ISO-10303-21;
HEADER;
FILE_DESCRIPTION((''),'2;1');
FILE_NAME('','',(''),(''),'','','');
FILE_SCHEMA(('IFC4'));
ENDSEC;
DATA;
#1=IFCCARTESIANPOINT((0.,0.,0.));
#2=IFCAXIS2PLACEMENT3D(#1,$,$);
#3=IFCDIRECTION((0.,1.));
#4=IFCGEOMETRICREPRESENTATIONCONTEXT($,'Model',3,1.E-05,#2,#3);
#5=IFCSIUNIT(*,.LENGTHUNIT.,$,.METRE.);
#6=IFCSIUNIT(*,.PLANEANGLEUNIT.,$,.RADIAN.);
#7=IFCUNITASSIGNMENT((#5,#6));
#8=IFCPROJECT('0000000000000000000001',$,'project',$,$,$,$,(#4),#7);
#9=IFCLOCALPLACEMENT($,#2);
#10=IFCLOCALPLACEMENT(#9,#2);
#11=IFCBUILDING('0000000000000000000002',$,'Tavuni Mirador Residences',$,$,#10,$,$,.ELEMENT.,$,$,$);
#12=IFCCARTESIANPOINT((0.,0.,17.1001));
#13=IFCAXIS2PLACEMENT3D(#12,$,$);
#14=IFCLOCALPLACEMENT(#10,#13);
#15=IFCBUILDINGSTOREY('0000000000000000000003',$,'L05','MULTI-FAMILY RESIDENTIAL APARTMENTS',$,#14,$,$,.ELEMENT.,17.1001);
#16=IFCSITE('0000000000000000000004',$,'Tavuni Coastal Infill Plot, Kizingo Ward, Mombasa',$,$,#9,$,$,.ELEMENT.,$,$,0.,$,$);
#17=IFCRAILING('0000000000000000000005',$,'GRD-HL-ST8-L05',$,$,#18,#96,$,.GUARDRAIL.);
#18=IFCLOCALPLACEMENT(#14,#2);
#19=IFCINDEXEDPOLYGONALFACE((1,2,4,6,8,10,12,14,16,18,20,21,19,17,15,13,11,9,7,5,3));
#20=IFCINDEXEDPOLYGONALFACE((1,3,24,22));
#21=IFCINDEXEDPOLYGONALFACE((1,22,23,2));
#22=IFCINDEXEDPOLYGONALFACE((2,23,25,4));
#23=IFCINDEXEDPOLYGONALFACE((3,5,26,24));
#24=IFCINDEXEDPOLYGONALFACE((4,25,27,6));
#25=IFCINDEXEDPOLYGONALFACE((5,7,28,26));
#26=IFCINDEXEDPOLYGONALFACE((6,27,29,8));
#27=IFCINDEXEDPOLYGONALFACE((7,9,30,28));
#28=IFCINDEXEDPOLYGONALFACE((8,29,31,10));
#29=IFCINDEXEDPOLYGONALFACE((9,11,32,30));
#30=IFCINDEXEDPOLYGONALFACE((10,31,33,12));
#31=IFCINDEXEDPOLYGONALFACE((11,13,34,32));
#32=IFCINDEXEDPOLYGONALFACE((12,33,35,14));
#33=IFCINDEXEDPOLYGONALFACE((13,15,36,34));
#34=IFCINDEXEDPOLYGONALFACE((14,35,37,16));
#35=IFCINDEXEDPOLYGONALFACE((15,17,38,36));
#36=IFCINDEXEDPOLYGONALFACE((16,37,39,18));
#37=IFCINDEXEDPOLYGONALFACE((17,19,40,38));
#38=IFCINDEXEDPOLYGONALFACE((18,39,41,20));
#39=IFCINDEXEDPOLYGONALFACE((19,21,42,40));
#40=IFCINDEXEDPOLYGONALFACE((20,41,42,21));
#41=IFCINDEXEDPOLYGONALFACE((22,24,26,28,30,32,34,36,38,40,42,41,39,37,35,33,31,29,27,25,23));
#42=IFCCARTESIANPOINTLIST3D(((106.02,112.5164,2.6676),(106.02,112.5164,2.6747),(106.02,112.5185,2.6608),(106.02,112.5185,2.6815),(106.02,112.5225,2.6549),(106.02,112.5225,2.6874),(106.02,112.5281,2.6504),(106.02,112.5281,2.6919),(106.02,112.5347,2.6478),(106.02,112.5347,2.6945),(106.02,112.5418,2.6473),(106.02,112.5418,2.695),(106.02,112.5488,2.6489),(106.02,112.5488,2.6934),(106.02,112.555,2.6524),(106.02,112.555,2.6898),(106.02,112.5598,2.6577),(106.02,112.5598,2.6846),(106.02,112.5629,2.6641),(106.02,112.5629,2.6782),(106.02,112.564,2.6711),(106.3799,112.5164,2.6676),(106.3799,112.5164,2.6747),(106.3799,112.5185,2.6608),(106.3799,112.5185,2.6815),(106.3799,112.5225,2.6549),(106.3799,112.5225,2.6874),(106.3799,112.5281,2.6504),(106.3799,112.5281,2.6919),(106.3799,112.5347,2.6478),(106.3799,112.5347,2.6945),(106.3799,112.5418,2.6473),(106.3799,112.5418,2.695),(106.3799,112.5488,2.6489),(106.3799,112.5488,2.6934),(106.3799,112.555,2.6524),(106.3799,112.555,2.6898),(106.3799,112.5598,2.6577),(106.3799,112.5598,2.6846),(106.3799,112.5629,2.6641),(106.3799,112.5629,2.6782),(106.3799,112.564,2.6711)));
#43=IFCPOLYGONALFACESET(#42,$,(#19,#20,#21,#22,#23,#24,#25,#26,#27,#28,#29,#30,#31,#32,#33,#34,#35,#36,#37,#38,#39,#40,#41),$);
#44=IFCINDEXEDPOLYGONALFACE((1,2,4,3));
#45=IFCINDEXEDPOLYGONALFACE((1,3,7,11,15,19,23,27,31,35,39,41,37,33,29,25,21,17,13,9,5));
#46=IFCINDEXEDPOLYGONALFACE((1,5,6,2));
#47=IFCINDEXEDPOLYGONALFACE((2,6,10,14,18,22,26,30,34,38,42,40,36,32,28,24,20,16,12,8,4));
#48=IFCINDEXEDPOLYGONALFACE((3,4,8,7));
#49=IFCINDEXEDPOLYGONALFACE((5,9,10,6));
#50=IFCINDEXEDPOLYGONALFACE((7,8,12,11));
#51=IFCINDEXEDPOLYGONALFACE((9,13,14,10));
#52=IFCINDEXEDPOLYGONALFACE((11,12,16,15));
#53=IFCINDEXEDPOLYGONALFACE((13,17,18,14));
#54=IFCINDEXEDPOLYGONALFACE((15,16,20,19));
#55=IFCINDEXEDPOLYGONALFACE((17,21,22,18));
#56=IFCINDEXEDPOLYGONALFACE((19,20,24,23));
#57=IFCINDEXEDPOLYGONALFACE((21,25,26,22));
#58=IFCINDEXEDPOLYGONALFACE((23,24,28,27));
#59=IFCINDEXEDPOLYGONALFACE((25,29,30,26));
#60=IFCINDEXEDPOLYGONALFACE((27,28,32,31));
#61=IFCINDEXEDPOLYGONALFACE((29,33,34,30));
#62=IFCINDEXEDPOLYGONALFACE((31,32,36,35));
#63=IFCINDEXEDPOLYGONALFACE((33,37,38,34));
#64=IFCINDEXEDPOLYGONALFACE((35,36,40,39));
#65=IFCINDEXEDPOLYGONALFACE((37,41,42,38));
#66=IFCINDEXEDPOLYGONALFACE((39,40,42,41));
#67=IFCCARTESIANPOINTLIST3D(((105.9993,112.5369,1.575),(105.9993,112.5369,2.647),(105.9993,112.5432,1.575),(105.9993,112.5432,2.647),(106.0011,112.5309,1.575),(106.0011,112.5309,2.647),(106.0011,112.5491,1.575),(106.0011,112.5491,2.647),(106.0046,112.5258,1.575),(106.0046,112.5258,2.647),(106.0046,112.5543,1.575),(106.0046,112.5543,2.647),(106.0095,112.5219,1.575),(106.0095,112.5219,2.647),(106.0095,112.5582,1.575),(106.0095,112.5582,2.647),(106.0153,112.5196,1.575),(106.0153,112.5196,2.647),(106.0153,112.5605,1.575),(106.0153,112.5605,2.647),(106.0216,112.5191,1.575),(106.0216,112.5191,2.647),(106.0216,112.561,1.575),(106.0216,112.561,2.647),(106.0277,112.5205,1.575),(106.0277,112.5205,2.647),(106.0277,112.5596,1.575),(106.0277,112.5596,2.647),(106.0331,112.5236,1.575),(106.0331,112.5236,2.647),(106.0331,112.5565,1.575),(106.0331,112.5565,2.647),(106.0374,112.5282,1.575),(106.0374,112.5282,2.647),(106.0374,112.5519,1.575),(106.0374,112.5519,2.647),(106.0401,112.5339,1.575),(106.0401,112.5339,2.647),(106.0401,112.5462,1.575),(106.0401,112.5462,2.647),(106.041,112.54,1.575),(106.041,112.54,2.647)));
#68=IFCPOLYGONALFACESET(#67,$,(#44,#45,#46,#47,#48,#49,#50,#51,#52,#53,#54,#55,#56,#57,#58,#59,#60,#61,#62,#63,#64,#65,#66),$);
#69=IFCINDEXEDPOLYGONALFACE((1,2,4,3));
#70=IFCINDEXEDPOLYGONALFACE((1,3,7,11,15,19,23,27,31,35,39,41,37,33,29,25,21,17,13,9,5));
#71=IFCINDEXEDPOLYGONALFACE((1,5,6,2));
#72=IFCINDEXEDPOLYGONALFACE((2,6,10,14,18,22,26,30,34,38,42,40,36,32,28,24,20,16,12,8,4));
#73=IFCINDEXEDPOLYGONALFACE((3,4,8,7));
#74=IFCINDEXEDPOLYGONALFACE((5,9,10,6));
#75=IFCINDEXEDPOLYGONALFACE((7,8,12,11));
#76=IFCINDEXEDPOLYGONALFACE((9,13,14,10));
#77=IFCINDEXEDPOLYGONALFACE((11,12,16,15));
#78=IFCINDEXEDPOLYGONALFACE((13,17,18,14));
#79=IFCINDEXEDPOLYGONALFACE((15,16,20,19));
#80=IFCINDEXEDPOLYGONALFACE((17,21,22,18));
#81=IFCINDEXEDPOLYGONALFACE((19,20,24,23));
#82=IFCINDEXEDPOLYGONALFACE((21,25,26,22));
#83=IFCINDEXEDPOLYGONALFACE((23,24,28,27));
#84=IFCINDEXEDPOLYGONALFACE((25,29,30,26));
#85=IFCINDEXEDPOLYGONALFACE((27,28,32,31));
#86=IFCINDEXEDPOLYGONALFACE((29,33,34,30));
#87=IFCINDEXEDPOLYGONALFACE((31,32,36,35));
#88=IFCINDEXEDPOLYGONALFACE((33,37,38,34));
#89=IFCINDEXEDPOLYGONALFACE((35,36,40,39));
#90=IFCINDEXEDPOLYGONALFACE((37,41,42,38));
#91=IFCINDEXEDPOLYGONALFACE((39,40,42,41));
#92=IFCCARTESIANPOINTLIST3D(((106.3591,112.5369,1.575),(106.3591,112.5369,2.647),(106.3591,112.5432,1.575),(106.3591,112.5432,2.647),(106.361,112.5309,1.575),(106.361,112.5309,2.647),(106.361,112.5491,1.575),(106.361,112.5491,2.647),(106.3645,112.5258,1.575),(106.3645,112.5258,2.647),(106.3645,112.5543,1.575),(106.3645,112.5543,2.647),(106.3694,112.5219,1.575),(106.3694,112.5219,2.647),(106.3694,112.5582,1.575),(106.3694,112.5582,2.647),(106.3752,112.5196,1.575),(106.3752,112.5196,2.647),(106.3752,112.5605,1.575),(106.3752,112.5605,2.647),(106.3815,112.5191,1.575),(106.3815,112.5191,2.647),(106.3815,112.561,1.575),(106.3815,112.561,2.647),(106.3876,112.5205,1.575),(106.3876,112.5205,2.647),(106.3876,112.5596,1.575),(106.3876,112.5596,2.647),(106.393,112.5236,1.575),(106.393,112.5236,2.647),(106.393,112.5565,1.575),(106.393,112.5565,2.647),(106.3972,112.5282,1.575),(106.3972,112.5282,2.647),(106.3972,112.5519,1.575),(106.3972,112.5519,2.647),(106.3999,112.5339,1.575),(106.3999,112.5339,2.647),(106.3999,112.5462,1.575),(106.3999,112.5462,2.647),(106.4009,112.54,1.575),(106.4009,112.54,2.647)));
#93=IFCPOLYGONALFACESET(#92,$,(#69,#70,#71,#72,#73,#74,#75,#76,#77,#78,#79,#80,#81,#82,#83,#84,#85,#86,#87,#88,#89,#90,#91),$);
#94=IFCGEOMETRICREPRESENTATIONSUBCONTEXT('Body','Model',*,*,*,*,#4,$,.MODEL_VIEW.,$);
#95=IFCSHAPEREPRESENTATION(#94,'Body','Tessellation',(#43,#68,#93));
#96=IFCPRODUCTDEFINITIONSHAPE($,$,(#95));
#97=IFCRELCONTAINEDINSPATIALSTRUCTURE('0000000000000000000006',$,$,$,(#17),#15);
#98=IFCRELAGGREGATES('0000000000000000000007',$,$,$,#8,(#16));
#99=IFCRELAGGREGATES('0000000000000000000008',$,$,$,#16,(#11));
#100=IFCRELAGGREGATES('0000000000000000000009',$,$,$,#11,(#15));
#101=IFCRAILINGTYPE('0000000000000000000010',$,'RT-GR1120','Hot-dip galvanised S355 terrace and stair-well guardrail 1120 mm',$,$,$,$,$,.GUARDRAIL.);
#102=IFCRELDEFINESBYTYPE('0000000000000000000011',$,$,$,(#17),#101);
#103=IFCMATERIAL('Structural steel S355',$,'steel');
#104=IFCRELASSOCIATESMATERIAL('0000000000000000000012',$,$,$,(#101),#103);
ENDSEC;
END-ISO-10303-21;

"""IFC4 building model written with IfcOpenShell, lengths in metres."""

from ifc_helpers import new_model, si_unit, direction, frame, origin, origin_2d, place, context, subcontext, project, spatial, circle, extrude, material, type_object, element, save


model = new_model("IFC4")

# Units and contexts
model_context = context("Model", 3, precision=1e-05, world=origin(), true_north=direction((0.0, 1.0)))
body_context = subcontext(model_context, "Body", "Model", "MODEL_VIEW")
ifc_project = project(units=[si_unit("LENGTHUNIT", "METRE"), si_unit("PLANEANGLEUNIT", "RADIAN")], contexts=[model_context])

# Site, building, storey
site_placement = place(None, origin())
site = spatial("IfcSite", under=ifc_project, at=site_placement, Name="Tavuni Coastal Infill Plot, Kizingo Ward, Mombasa", CompositionType="ELEMENT", RefElevation=0.0)
building_placement = place(site_placement, origin())
building = spatial("IfcBuilding", under=site, at=building_placement, Name="Tavuni Mirador Residences", CompositionType="ELEMENT")
storey_placement = place(building_placement, frame((0.0, 0.0, 17.1001)))
storey = spatial("IfcBuildingStorey", under=building, at=storey_placement, Name="L05", Description="MULTI-FAMILY RESIDENTIAL APARTMENTS", CompositionType="ELEMENT", Elevation=17.1001)

# Shared definitions
ifc_material_1 = material(Name="Structural steel S355", Category="steel")

# Railing
railing_type_1 = type_object("IfcRailingType", Name="RT-GR1120", Description="Hot-dip galvanised S355 terrace and stair-well guardrail 1120 mm", PredefinedType="GUARDRAIL", material=ifc_material_1)
railing_1_placement = place(storey_placement, frame((106.02, 112.54, 1.575)))
element("IfcRailing", 1, at=railing_1_placement, inside=storey, type_object=railing_type_1, Name="GRD-HL-ST8-L05", PredefinedType="GUARDRAIL", context=body_context, shape_type="SweptSolid", body=[
    extrude(circle(Radius=0.0239, at=origin_2d()), frame((0.0, 0.0, 1.0962), z_axis=(1.0, 0.0, 0.0), x_axis=(0.0, 1.0, 0.0)), (0.0, 0.0, 1.0), 0.3599),
    extrude(circle(Radius=0.021, at=origin_2d()), origin(), (0.0, 0.0, 1.0), 1.072),
    extrude(circle(Radius=0.021, at=origin_2d()), frame((0.3599, 0.0, 0.0)), (0.0, 0.0, 1.0), 1.072),
])

save(model, "model.ifc")
